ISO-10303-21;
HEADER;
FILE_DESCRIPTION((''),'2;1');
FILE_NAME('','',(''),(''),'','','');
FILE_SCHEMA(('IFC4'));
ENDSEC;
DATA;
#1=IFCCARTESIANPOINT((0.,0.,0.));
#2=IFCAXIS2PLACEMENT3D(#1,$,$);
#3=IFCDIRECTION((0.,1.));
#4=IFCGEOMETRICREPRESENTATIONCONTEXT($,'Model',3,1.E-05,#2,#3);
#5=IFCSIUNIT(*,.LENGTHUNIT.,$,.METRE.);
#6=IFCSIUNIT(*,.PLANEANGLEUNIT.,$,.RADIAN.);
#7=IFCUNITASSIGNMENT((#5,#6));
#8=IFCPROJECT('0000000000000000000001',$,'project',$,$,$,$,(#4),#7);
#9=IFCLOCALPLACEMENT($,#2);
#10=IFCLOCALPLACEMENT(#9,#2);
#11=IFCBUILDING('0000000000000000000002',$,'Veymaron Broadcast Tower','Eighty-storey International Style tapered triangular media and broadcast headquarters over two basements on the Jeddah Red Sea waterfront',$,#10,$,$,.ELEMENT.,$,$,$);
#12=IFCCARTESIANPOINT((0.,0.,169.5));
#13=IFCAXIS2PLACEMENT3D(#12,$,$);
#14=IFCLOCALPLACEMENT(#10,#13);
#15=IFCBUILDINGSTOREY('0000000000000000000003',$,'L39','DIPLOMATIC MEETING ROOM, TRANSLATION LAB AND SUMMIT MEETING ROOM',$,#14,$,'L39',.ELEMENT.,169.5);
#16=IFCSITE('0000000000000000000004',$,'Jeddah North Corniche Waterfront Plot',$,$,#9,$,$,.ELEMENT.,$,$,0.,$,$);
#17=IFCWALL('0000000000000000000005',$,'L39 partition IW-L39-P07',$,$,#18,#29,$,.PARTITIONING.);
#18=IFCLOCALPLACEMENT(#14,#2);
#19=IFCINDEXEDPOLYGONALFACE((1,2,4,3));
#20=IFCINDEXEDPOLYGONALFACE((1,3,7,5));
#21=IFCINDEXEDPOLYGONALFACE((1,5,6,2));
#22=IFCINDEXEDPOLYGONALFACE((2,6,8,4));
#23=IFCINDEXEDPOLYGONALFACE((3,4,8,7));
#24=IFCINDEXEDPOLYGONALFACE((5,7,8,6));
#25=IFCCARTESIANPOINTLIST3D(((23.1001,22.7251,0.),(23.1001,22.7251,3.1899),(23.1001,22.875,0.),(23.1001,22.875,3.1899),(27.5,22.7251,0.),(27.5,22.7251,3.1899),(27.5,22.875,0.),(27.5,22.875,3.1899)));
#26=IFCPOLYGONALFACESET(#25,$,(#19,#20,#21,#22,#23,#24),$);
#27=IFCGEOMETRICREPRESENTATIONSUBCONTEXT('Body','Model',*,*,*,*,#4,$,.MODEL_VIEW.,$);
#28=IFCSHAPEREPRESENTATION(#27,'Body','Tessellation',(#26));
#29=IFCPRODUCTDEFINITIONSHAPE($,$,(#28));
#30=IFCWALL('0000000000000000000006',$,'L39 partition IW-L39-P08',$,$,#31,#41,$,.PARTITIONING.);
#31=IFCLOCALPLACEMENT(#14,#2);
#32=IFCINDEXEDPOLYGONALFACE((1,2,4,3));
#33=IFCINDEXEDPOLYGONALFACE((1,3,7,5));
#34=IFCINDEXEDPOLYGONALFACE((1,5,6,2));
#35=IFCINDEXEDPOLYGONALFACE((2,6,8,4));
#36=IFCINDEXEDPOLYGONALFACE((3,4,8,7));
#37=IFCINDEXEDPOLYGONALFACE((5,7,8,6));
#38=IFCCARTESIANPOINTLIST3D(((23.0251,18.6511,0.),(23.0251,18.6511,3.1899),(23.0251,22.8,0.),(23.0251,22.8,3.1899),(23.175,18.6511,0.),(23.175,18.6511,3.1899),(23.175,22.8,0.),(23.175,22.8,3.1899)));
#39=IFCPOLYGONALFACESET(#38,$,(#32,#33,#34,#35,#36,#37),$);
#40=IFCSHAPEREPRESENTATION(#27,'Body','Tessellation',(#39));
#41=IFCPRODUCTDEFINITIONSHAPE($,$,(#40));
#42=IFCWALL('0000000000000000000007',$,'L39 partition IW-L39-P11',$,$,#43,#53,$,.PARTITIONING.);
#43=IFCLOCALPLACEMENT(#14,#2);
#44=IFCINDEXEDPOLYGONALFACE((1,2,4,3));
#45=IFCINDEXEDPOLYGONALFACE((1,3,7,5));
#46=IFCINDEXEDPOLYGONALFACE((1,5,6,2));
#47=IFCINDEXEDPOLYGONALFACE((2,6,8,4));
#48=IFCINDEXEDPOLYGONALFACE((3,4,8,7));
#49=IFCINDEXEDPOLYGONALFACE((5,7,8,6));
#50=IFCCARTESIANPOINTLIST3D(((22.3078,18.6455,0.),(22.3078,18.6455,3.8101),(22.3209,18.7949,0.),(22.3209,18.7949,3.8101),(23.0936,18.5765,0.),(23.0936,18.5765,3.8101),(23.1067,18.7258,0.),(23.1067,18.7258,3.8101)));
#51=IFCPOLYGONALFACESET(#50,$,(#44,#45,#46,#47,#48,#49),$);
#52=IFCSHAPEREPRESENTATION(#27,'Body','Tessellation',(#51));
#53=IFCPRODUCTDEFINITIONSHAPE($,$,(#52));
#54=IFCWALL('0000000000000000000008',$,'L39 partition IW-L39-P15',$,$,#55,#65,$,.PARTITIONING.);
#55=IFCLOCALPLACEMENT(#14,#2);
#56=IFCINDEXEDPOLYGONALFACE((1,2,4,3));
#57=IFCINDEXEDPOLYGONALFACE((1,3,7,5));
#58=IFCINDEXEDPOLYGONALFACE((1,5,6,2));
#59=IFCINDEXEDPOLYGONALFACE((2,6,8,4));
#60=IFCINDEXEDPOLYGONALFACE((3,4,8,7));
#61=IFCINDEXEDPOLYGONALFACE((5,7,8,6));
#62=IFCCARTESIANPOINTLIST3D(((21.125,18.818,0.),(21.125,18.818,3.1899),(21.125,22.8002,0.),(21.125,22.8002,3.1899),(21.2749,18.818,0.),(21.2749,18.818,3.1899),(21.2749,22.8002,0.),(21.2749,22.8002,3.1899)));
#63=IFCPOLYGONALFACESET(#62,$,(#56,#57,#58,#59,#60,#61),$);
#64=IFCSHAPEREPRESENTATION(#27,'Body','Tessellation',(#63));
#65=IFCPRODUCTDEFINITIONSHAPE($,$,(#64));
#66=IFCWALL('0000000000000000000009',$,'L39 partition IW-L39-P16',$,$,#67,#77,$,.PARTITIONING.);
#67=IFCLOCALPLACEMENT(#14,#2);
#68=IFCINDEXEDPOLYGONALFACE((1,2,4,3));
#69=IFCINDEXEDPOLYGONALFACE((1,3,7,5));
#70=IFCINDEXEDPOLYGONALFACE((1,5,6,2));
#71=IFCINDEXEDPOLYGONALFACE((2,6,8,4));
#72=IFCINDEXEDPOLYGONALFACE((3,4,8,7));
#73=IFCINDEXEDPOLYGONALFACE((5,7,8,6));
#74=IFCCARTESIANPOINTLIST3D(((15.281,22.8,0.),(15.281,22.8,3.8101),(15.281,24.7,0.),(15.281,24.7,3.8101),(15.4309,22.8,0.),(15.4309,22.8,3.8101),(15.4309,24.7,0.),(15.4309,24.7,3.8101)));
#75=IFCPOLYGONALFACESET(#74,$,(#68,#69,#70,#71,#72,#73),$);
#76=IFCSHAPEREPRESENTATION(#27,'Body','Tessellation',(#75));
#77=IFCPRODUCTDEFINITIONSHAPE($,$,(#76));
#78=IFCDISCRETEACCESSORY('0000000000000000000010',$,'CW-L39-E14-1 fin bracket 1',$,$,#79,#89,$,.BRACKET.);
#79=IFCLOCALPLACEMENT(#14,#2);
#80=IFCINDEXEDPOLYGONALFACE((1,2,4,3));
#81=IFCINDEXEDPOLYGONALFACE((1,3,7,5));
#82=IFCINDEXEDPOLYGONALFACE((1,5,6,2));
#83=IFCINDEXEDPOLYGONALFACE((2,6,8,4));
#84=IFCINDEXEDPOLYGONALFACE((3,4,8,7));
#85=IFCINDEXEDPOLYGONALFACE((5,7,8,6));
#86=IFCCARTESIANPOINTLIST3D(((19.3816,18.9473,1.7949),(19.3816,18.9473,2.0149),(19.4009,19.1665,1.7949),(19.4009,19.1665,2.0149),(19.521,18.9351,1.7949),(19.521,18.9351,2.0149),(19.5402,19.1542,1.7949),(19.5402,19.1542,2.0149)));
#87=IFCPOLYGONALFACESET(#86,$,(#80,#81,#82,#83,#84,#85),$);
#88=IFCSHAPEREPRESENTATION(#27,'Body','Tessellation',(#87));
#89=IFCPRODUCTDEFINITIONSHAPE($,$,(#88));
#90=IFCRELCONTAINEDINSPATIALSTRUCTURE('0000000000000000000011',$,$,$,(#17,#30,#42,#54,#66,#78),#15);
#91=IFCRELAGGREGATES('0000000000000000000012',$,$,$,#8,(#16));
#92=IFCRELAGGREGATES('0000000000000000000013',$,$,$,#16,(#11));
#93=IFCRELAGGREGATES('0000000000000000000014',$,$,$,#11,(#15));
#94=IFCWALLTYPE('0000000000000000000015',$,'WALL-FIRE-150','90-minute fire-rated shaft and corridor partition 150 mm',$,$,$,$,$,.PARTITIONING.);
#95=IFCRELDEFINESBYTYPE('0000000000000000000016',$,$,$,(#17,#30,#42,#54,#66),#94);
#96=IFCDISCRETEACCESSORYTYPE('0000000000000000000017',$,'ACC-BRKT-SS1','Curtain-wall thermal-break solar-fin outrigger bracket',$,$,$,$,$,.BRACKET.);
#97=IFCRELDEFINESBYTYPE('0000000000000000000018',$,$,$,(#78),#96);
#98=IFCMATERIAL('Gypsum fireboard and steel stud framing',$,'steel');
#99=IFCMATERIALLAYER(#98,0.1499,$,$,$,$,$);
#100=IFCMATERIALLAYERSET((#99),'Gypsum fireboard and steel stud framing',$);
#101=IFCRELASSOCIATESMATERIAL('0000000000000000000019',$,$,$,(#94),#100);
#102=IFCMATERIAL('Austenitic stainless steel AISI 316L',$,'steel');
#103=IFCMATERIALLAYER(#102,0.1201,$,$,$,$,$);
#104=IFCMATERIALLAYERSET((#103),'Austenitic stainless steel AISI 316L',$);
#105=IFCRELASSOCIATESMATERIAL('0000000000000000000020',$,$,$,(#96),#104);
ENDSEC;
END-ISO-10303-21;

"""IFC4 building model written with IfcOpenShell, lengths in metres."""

from ifc_helpers import new_model, si_unit, direction, frame, frame_2d, origin, origin_2d, place, context, subcontext, project, spatial, rectangle, extrude, material, layer, layer_set, type_object, element, save


model = new_model("IFC4")

# Units and contexts
model_context = context("Model", 3, precision=1e-05, world=origin(), true_north=direction((0.0, 1.0)))
body_context = subcontext(model_context, "Body", "Model", "MODEL_VIEW")
ifc_project = project(units=[si_unit("LENGTHUNIT", "METRE"), si_unit("PLANEANGLEUNIT", "RADIAN")], contexts=[model_context])

# Site, building, storey
site_placement = place(None, origin())
site = spatial("IfcSite", under=ifc_project, at=site_placement, Name="Jeddah North Corniche Waterfront Plot", CompositionType="ELEMENT", RefElevation=0.0)
building_placement = place(site_placement, origin())
building = spatial("IfcBuilding", under=site, at=building_placement, Name="Veymaron Broadcast Tower", Description="Eighty-storey International Style tapered triangular media and broadcast headquarters over two basements on the Jeddah Red Sea waterfront", CompositionType="ELEMENT")
storey_placement = place(building_placement, frame((0.0, 0.0, 169.5)))
storey = spatial("IfcBuildingStorey", under=building, at=storey_placement, Name="L39", Description="DIPLOMATIC MEETING ROOM, TRANSLATION LAB AND SUMMIT MEETING ROOM", LongName="L39", CompositionType="ELEMENT", Elevation=169.5)

# Shared definitions
ifc_material_1 = material(Name="Gypsum fireboard and steel stud framing", Category="steel")
ifc_layer_1 = layer(ifc_material_1, 0.1499)
ifc_layer_set_1 = layer_set([ifc_layer_1], Name="Gypsum fireboard and steel stud framing")
wall_type_1 = type_object("IfcWallType", Name="WALL-FIRE-150", Description="90-minute fire-rated shaft and corridor partition 150 mm", PredefinedType="PARTITIONING", material=ifc_layer_set_1)

# Walls
wall_1_placement = place(storey_placement, frame((23.1001, 22.8, 0.0), z_axis=(0.0, 0.0, 1.0), x_axis=(1.0, 0.0, 0.0)))
element("IfcWall", 1, at=wall_1_placement, inside=storey, type_object=wall_type_1, Name="L39 partition IW-L39-P07", PredefinedType="PARTITIONING", context=body_context, shape_type="SweptSolid", body=[
    extrude(rectangle(XDim=4.3999, YDim=0.1499, at=frame_2d((2.2, 0.0))), origin(), (0.0, 0.0, 1.0), 3.1899),
])
wall_2_placement = place(storey_placement, frame((23.1001, 18.6511, 0.0), z_axis=(0.0, 0.0, 1.0), x_axis=(0.0, 1.0, 0.0)))
element("IfcWall", 2, at=wall_2_placement, inside=storey, type_object=wall_type_1, Name="L39 partition IW-L39-P08", PredefinedType="PARTITIONING", context=body_context, shape_type="SweptSolid", body=[
    extrude(rectangle(XDim=4.1489, YDim=0.1499, at=frame_2d((2.0745, 0.0))), origin(), (0.0, 0.0, 1.0), 3.1899),
])
wall_3_placement = place(storey_placement, frame((22.3142, 18.7202, 0.0), z_axis=(0.0, 0.0, 1.0), x_axis=(0.996158, -0.087578, 0.0)))
element("IfcWall", 3, at=wall_3_placement, inside=storey, type_object=wall_type_1, Name="L39 partition IW-L39-P11", PredefinedType="PARTITIONING", context=body_context, shape_type="SweptSolid", body=[
    extrude(rectangle(XDim=0.7888, YDim=0.1499, at=frame_2d((0.3945, 0.0))), origin(), (0.0, 0.0, 1.0), 3.8101),
])
wall_4_placement = place(storey_placement, frame((21.2, 18.8179, 0.0), z_axis=(0.0, 0.0, 1.0), x_axis=(0.0, 1.0, 0.0)))
element("IfcWall", 4, at=wall_4_placement, inside=storey, type_object=wall_type_1, Name="L39 partition IW-L39-P15", PredefinedType="PARTITIONING", context=body_context, shape_type="SweptSolid", body=[
    extrude(rectangle(XDim=3.9822, YDim=0.1499, at=frame_2d((1.9912, 0.0))), origin(), (0.0, 0.0, 1.0), 3.1899),
])
wall_5_placement = place(storey_placement, frame((15.356, 22.8, 0.0), z_axis=(0.0, 0.0, 1.0), x_axis=(0.0, 1.0, 0.0)))
element("IfcWall", 5, at=wall_5_placement, inside=storey, type_object=wall_type_1, Name="L39 partition IW-L39-P16", PredefinedType="PARTITIONING", context=body_context, shape_type="SweptSolid", body=[
    extrude(rectangle(XDim=1.8999, YDim=0.1499, at=frame_2d((0.95, 0.0))), origin(), (0.0, 0.0, 1.0), 3.8101),
])

# Discrete accessory
ifc_material_2 = material(Name="Austenitic stainless steel AISI 316L", Category="steel")
ifc_layer_2 = layer(ifc_material_2, 0.1201)
ifc_layer_set_2 = layer_set([ifc_layer_2], Name="Austenitic stainless steel AISI 316L")
discrete_accessory_type = type_object("IfcDiscreteAccessoryType", Name="ACC-BRKT-SS1", Description="Curtain-wall thermal-break solar-fin outrigger bracket", PredefinedType="BRACKET", material=ifc_layer_set_2)
discrete_accessory_placement = place(storey_placement, frame((19.4609, 19.0508, 1.7949), z_axis=(0.0, 0.0, 1.0), x_axis=(-0.087382, -0.996175, 0.0)))
element("IfcDiscreteAccessory", 6, at=discrete_accessory_placement, inside=storey, type_object=discrete_accessory_type, Name="CW-L39-E14-1 fin bracket 1", PredefinedType="BRACKET", context=body_context, shape_type="SweptSolid", body=[
    extrude(rectangle(XDim=0.22, YDim=0.1399, at=origin_2d()), origin(), (0.0, 0.0, 1.0), 0.22),
])

save(model, "model.ifc")
